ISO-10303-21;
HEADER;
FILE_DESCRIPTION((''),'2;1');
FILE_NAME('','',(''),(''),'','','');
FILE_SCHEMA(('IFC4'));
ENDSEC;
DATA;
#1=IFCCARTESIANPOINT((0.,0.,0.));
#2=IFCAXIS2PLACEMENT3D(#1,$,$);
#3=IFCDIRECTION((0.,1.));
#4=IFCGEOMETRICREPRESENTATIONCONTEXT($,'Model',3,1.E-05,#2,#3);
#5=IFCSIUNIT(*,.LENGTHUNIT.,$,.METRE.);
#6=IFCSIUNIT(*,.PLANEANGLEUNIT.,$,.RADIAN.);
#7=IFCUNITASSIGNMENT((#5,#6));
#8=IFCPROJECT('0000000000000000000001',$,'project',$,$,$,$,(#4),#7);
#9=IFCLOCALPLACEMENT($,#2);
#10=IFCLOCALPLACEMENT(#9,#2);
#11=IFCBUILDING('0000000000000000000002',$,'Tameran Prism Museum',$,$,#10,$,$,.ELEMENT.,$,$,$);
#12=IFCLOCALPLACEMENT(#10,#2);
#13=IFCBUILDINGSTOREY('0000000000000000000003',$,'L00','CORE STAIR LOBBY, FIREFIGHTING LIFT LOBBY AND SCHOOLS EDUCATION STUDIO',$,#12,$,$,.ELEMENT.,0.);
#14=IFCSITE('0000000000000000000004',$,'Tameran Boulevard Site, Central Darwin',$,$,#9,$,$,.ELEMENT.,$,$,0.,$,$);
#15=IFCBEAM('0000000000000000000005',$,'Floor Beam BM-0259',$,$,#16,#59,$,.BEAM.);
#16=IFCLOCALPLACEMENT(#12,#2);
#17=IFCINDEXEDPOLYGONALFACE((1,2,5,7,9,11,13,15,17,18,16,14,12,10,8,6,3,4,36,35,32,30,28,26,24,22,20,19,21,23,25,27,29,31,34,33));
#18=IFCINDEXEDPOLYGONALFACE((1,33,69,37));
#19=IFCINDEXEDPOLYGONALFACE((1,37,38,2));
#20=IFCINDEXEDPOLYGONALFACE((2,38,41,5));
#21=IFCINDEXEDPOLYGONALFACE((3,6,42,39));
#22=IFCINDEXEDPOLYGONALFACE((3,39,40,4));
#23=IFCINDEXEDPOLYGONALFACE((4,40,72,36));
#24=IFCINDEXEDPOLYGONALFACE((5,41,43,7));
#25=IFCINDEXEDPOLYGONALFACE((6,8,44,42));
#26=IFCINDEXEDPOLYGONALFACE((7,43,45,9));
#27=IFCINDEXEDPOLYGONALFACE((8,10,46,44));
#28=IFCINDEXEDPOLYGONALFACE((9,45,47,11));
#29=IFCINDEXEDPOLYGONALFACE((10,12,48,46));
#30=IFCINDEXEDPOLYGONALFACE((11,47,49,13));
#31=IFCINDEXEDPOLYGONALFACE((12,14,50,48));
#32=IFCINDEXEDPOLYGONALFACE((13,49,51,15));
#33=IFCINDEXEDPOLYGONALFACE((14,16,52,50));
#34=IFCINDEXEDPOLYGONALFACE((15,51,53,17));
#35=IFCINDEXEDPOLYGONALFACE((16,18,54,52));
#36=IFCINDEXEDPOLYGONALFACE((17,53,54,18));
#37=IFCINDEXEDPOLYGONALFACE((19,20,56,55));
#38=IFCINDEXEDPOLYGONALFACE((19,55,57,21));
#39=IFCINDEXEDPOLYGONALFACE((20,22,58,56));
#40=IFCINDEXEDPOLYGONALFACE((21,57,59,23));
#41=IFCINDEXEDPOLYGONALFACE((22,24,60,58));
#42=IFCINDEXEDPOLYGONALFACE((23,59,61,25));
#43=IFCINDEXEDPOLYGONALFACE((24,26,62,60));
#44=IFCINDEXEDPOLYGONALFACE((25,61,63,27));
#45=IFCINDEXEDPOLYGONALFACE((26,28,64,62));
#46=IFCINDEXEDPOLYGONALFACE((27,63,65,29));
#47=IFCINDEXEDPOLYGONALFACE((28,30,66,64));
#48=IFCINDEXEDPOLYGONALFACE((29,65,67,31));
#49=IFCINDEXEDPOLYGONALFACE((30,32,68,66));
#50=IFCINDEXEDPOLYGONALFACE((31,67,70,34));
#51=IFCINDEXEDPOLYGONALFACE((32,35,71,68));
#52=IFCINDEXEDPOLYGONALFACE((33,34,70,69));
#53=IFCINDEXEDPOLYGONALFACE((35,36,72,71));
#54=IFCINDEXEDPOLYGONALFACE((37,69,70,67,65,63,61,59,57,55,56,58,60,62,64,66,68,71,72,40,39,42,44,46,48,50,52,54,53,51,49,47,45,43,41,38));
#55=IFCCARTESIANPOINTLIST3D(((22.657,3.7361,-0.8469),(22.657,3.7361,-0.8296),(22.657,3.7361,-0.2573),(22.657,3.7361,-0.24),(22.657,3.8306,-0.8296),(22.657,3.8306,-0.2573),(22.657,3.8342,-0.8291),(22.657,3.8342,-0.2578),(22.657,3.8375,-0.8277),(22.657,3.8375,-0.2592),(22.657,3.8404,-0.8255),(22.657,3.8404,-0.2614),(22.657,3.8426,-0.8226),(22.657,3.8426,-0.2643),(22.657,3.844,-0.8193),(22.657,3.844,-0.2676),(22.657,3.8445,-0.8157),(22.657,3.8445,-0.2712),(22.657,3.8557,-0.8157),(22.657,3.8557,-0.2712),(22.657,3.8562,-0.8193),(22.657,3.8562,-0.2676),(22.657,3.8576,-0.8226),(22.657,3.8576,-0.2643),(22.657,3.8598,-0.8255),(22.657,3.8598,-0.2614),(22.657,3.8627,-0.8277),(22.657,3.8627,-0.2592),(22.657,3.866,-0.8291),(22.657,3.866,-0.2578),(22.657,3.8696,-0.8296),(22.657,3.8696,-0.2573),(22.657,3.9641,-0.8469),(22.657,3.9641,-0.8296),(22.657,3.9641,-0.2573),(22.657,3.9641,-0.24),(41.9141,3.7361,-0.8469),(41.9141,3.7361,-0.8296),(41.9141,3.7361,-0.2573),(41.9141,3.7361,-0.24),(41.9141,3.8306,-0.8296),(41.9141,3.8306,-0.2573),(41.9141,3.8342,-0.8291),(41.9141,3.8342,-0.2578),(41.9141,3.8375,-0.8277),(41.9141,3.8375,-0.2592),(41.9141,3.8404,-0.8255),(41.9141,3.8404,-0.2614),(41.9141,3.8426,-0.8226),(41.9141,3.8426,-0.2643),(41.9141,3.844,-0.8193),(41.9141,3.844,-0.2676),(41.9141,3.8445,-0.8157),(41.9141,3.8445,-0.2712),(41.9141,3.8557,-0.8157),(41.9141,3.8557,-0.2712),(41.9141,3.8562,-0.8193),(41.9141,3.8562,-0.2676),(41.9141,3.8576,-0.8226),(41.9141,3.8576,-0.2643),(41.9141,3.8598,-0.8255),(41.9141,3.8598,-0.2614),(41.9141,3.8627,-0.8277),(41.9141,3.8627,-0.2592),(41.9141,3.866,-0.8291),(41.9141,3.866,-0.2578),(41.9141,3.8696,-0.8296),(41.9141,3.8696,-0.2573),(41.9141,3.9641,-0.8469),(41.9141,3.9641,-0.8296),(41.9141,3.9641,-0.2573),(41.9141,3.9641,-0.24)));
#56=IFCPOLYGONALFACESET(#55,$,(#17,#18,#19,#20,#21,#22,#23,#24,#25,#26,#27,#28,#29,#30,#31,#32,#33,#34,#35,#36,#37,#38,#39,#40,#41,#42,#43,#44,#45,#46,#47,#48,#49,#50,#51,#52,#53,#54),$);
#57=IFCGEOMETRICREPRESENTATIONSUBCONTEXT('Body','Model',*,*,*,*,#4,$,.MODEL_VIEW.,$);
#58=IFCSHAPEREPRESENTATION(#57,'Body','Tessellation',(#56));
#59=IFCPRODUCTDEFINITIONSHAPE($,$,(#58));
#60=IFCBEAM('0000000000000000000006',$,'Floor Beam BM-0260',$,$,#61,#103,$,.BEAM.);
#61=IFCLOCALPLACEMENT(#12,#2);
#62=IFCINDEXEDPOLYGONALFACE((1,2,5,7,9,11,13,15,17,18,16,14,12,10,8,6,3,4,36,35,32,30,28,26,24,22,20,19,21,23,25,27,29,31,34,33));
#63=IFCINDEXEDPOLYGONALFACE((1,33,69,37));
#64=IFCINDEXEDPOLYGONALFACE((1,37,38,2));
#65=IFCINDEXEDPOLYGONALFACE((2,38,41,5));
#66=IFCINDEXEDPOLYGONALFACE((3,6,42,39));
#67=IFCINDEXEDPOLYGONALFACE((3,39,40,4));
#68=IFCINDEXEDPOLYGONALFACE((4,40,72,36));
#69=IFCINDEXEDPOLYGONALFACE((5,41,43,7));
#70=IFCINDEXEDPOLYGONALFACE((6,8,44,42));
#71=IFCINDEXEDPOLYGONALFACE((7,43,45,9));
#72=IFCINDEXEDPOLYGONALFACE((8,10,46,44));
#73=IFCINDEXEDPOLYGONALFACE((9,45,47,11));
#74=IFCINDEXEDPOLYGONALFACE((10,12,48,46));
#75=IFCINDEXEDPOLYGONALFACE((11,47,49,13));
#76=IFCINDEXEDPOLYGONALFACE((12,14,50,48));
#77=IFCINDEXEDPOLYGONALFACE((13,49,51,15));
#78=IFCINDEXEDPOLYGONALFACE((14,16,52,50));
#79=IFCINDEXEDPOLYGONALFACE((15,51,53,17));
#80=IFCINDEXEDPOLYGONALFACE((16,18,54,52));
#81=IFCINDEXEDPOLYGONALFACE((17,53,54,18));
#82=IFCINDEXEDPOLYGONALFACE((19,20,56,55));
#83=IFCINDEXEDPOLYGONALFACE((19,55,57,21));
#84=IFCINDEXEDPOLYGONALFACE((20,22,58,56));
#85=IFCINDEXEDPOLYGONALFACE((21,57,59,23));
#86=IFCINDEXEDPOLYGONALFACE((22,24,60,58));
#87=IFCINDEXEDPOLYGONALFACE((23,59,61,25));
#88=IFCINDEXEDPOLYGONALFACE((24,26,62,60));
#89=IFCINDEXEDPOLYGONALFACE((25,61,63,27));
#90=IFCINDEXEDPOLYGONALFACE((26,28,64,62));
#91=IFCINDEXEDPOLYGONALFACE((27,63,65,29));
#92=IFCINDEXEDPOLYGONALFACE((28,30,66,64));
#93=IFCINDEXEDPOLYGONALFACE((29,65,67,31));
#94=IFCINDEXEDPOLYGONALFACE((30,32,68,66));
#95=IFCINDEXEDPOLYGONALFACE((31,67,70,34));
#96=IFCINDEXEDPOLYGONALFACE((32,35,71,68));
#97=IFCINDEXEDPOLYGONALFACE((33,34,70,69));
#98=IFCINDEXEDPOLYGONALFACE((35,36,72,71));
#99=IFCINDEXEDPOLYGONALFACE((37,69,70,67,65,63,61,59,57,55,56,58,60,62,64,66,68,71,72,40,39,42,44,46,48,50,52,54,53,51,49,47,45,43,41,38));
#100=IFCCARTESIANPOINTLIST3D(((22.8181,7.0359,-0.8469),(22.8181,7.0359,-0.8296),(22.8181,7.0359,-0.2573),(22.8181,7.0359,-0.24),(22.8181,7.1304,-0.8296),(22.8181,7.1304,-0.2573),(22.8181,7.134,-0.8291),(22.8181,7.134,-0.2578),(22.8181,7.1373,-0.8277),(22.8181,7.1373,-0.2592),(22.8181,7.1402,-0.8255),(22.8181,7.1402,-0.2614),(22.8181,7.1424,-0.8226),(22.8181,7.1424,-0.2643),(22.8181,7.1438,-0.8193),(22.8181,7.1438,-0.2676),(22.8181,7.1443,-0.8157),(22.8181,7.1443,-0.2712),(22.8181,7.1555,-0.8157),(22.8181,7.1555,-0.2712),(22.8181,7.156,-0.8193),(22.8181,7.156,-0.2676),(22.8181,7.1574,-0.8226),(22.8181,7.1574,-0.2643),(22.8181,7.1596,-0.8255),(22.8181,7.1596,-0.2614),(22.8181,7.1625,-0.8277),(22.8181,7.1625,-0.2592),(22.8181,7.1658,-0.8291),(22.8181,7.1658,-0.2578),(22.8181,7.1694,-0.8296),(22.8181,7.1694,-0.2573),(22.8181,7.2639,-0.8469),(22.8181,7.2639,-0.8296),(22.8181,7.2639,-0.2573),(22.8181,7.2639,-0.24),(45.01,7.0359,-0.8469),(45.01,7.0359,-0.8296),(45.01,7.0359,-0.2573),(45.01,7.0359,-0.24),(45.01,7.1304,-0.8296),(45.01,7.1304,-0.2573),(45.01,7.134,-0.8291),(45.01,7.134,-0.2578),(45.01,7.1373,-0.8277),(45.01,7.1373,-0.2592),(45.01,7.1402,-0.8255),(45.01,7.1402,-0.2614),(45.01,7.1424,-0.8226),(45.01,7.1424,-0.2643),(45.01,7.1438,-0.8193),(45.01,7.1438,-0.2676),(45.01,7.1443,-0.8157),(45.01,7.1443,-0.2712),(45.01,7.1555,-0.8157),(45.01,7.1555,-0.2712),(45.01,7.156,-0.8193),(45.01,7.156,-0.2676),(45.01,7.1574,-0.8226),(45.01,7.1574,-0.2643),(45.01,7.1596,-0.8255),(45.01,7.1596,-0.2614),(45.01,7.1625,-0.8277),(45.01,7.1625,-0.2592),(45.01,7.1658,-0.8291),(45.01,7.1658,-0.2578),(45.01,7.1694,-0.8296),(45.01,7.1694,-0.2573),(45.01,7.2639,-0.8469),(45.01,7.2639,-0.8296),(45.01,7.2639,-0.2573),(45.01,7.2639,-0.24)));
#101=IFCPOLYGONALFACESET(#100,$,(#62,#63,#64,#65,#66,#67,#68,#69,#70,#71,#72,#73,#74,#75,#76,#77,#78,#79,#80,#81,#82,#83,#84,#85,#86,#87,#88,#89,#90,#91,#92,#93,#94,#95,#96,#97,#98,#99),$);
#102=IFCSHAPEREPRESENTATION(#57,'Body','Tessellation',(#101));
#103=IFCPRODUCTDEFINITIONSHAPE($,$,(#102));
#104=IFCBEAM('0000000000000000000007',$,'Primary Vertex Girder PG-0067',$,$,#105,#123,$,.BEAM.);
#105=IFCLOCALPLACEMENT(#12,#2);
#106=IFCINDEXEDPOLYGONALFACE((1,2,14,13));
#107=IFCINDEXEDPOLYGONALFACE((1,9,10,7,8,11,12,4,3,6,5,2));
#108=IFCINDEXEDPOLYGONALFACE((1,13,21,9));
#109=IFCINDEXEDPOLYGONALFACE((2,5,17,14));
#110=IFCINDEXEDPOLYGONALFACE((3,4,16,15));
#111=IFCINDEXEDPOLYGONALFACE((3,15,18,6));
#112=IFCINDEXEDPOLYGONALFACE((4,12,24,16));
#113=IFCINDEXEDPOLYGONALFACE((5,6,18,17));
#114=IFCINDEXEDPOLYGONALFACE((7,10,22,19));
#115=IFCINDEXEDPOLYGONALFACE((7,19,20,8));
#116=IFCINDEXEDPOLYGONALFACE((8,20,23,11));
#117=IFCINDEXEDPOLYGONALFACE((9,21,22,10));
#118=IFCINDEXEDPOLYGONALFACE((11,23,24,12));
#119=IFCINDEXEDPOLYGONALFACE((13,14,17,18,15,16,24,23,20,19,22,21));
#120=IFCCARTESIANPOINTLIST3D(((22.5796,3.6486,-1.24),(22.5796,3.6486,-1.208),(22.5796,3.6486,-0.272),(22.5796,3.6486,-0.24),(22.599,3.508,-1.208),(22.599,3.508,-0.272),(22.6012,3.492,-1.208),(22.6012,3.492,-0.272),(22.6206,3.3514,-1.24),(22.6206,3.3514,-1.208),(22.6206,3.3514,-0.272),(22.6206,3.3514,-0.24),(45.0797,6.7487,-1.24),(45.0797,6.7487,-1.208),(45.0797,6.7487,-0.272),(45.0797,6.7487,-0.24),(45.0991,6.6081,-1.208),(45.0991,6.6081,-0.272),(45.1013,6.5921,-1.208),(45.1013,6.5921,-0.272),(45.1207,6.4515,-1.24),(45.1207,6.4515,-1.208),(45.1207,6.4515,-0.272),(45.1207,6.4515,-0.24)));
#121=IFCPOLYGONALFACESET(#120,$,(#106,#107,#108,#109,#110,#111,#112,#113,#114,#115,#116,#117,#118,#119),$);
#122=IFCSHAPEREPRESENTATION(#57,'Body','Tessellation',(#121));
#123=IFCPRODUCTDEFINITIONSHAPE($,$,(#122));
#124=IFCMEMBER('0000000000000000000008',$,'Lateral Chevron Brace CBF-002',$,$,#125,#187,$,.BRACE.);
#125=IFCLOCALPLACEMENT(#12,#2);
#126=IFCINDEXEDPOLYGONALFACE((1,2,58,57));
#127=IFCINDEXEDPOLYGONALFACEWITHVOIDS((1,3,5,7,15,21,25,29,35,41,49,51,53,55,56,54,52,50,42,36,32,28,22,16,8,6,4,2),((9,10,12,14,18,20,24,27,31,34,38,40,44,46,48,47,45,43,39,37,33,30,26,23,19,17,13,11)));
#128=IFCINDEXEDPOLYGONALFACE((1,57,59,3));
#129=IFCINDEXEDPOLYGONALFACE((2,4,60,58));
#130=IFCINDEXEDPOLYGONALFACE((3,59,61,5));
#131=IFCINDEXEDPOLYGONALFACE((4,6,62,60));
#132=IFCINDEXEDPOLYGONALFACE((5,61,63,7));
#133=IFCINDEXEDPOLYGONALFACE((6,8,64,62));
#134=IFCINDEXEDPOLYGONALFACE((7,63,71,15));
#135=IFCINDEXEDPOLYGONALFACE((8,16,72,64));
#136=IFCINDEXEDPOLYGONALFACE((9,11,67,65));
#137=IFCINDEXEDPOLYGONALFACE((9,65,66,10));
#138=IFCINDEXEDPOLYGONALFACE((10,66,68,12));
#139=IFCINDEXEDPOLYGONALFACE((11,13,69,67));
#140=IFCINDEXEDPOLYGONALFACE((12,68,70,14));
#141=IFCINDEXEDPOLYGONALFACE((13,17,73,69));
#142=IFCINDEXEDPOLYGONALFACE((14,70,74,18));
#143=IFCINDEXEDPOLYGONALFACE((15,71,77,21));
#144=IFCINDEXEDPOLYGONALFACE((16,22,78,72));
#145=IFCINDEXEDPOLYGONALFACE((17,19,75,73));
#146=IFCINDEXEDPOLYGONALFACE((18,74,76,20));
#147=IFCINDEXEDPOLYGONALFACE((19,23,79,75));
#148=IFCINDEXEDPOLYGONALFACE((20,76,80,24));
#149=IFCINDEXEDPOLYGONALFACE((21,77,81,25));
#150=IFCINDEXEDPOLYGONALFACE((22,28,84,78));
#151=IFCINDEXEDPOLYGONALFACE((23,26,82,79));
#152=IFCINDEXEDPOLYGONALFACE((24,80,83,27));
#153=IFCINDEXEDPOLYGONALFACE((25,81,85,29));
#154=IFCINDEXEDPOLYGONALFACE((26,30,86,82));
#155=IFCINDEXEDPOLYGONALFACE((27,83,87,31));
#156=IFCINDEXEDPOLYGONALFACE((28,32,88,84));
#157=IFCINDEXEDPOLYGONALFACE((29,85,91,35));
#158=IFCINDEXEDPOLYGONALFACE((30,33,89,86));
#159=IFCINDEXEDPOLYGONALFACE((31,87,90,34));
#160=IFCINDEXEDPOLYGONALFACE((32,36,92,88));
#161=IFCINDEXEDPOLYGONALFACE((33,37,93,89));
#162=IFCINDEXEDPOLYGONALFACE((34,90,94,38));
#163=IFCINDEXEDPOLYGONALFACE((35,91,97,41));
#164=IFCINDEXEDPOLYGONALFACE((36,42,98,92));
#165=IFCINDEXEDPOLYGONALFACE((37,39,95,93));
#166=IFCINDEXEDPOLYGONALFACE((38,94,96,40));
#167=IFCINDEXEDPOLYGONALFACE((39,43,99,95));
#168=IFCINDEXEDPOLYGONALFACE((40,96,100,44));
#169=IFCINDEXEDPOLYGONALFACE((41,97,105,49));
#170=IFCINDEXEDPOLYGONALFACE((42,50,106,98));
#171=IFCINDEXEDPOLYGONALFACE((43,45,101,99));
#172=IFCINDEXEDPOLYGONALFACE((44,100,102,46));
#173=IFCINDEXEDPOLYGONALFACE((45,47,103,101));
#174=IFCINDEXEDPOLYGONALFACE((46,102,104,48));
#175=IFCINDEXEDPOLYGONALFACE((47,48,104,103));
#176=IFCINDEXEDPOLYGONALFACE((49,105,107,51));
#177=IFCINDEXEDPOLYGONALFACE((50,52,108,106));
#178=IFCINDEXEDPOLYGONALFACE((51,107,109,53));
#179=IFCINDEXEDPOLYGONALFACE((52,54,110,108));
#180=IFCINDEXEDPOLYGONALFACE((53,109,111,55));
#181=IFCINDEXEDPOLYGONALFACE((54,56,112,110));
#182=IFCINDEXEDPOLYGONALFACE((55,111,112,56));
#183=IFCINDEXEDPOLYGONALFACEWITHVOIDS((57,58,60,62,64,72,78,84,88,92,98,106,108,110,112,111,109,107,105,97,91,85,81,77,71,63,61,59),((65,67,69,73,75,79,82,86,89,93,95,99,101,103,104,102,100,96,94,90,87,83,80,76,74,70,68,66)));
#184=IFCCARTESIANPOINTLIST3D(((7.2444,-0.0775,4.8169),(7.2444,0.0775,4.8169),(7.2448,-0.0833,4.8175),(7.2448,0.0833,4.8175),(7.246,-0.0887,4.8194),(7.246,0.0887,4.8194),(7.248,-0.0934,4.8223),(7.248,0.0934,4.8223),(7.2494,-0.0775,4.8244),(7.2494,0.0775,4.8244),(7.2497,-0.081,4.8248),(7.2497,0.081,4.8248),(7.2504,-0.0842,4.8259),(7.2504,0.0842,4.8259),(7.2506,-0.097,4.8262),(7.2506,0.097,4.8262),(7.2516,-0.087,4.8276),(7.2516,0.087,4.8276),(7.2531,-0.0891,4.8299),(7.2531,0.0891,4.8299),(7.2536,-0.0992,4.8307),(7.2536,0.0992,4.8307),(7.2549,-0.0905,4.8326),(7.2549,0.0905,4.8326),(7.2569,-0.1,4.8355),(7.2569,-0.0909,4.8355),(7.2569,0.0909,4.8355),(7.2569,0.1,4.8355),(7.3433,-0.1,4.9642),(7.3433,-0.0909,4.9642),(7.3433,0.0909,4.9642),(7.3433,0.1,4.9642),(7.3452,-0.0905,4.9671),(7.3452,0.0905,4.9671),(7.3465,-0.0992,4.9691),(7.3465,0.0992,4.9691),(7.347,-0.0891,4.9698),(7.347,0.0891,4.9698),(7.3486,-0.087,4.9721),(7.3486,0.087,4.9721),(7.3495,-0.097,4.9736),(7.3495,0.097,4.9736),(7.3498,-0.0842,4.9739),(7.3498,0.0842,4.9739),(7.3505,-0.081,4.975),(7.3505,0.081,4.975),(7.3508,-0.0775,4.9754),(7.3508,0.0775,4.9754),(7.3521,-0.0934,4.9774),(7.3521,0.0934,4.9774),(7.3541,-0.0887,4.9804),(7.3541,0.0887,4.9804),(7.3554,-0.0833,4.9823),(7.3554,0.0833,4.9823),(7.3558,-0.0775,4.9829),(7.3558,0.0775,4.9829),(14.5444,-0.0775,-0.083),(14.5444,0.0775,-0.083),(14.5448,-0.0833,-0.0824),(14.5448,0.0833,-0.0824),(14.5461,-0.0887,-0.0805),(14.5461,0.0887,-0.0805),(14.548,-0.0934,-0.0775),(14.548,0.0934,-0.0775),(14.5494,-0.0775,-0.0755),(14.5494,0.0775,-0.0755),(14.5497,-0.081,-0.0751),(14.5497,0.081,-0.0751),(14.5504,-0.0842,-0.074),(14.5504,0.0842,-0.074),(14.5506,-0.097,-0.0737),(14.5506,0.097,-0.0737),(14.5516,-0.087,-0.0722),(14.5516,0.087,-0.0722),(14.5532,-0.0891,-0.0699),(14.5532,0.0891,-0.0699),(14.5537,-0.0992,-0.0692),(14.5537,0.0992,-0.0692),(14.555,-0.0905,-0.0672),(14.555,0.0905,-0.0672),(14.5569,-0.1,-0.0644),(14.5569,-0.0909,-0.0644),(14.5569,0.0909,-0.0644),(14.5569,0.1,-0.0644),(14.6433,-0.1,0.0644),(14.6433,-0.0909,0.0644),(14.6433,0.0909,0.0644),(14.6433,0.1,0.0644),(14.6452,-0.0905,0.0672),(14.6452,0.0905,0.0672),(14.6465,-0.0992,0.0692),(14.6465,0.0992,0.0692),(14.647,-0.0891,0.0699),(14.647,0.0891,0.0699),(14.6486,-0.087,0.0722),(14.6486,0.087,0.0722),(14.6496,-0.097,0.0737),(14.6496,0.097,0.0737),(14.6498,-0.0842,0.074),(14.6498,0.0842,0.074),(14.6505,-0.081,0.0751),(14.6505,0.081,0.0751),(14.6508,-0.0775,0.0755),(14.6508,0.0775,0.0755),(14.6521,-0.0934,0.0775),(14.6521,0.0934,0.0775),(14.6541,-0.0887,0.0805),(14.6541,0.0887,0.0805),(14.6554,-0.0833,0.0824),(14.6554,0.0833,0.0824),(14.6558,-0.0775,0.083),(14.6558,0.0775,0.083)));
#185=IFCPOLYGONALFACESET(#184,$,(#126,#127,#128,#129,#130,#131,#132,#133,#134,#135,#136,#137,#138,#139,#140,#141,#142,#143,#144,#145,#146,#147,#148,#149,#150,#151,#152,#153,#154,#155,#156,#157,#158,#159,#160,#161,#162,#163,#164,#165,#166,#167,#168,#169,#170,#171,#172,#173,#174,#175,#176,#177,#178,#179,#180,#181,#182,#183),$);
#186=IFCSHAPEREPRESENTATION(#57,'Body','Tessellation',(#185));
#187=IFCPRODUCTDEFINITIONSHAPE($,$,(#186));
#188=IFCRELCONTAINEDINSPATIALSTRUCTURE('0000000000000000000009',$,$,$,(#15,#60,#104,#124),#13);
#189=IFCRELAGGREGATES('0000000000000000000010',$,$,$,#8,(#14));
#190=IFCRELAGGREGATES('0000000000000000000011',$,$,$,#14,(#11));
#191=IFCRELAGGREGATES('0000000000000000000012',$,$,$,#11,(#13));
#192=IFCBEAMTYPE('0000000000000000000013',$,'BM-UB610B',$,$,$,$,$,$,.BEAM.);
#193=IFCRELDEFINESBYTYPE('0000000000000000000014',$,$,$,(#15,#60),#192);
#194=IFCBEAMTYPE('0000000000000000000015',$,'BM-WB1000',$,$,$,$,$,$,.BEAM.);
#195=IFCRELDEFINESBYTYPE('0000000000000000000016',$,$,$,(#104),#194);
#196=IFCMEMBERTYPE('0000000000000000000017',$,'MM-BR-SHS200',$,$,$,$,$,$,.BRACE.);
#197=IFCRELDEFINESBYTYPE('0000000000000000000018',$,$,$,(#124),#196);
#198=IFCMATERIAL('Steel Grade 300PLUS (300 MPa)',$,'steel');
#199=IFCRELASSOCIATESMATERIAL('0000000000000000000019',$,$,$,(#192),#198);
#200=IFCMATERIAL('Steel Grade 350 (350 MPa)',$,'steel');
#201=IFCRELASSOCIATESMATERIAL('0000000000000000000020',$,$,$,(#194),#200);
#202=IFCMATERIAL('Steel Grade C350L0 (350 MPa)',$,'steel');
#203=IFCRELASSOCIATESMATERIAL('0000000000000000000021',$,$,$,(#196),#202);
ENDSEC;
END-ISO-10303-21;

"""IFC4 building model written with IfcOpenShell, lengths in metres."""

from ifc_helpers import new_model, si_unit, direction, frame, origin, origin_2d, place, context, subcontext, project, spatial, hollow_rectangle, i_section, extrude, material, material_profile, profile_set, type_object, element, save


model = new_model("IFC4")

# Units and contexts
model_context = context("Model", 3, precision=1e-05, world=origin(), true_north=direction((0.0, 1.0)))
body_context = subcontext(model_context, "Body", "Model", "MODEL_VIEW")
ifc_project = project(units=[si_unit("LENGTHUNIT", "METRE"), si_unit("PLANEANGLEUNIT", "RADIAN")], contexts=[model_context])

# Site, building, storey
site_placement = place(None, origin())
site = spatial("IfcSite", under=ifc_project, at=site_placement, Name="Tameran Boulevard Site, Central Darwin", CompositionType="ELEMENT", RefElevation=0.0)
building_placement = place(site_placement, origin())
building = spatial("IfcBuilding", under=site, at=building_placement, Name="Tameran Prism Museum", CompositionType="ELEMENT")
storey_placement = place(building_placement, origin())
storey = spatial("IfcBuildingStorey", under=building, at=storey_placement, Name="L00", Description="CORE STAIR LOBBY, FIREFIGHTING LIFT LOBBY AND SCHOOLS EDUCATION STUDIO", CompositionType="ELEMENT", Elevation=0.0)

# Beams
ifc_material_1 = material(Name="Steel Grade 300PLUS (300 MPa)", Category="steel")
ifc_material_profile_1 = material_profile(ifc_material_1, i_section(OverallWidth=0.228, OverallDepth=0.6069, WebThickness=0.0112, FlangeThickness=0.0173, FilletRadius=0.0139, at=origin_2d()))
ifc_profile_set_1 = profile_set([ifc_material_profile_1])
beam_type_1 = type_object("IfcBeamType", Name="BM-UB610B", PredefinedType="BEAM", material=ifc_profile_set_1)
beam_1_placement = place(storey_placement, frame((22.657, 3.8501, -0.5435), z_axis=(1.0, 0.0, 0.0), x_axis=(0.0, 1.0, 0.0)))
element("IfcBeam", 1, at=beam_1_placement, inside=storey, type_object=beam_type_1, Name="Floor Beam BM-0259", PredefinedType="BEAM", context=body_context, shape_type="SweptSolid", body=[
    extrude(i_section(OverallWidth=0.228, OverallDepth=0.6069, WebThickness=0.0112, FlangeThickness=0.0173, FilletRadius=0.0139, at=origin_2d()), origin(), (0.0, 0.0, 1.0), 19.2571),
])
beam_2_placement = place(storey_placement, frame((22.8181, 7.1499, -0.5435), z_axis=(1.0, 0.0, 0.0), x_axis=(0.0, 1.0, 0.0)))
element("IfcBeam", 2, at=beam_2_placement, inside=storey, type_object=beam_type_1, Name="Floor Beam BM-0260", PredefinedType="BEAM", context=body_context, shape_type="SweptSolid", body=[
    extrude(i_section(OverallWidth=0.228, OverallDepth=0.6069, WebThickness=0.0112, FlangeThickness=0.0173, FilletRadius=0.0139, at=origin_2d()), origin(), (0.0, 0.0, 1.0), 22.1919),
])
ifc_material_2 = material(Name="Steel Grade 350 (350 MPa)", Category="steel")
ifc_material_profile_2 = material_profile(ifc_material_2, i_section(OverallWidth=0.3, OverallDepth=1.0, WebThickness=0.0161, FlangeThickness=0.032, at=origin_2d()))
ifc_profile_set_2 = profile_set([ifc_material_profile_2])
beam_type_2 = type_object("IfcBeamType", Name="BM-WB1000", PredefinedType="BEAM", material=ifc_profile_set_2)
beam_3_placement = place(storey_placement, frame((22.6001, 3.5, -0.74), z_axis=(0.990641, 0.136493, 0.0), x_axis=(-0.136493, 0.990641, 0.0)))
element("IfcBeam", 3, at=beam_3_placement, inside=storey, type_object=beam_type_2, Name="Primary Vertex Girder PG-0067", PredefinedType="BEAM", context=body_context, shape_type="SweptSolid", body=[
    extrude(i_section(OverallWidth=0.3, OverallDepth=1.0, WebThickness=0.0161, FlangeThickness=0.032, at=origin_2d()), origin(), (0.0, 0.0, 1.0), 22.7126),
])

# Member
ifc_material_3 = material(Name="Steel Grade C350L0 (350 MPa)", Category="steel")
ifc_material_profile_3 = material_profile(ifc_material_3, hollow_rectangle(XDim=0.2, YDim=0.2, WallThickness=0.009, InnerFilletRadius=0.0134, OuterFilletRadius=0.0225, at=origin_2d()))
ifc_profile_set_3 = profile_set([ifc_material_profile_3])
member_type = type_object("IfcMemberType", Name="MM-BR-SHS200", PredefinedType="BRACE", material=ifc_profile_set_3)
member_placement = place(storey_placement, frame((14.6001, 0.0, 0.0), z_axis=(-0.830303, 0.0, 0.557312), x_axis=(0.0, -1.0, 0.0)))
element("IfcMember", 4, at=member_placement, inside=storey, type_object=member_type, Name="Lateral Chevron Brace CBF-002", PredefinedType="BRACE", context=body_context, shape_type="SweptSolid", body=[
    extrude(hollow_rectangle(XDim=0.2, YDim=0.2, WallThickness=0.009, InnerFilletRadius=0.0134, OuterFilletRadius=0.0225, at=origin_2d()), origin(), (0.0, 0.0, 1.0), 8.792),
])

save(model, "model.ifc")
